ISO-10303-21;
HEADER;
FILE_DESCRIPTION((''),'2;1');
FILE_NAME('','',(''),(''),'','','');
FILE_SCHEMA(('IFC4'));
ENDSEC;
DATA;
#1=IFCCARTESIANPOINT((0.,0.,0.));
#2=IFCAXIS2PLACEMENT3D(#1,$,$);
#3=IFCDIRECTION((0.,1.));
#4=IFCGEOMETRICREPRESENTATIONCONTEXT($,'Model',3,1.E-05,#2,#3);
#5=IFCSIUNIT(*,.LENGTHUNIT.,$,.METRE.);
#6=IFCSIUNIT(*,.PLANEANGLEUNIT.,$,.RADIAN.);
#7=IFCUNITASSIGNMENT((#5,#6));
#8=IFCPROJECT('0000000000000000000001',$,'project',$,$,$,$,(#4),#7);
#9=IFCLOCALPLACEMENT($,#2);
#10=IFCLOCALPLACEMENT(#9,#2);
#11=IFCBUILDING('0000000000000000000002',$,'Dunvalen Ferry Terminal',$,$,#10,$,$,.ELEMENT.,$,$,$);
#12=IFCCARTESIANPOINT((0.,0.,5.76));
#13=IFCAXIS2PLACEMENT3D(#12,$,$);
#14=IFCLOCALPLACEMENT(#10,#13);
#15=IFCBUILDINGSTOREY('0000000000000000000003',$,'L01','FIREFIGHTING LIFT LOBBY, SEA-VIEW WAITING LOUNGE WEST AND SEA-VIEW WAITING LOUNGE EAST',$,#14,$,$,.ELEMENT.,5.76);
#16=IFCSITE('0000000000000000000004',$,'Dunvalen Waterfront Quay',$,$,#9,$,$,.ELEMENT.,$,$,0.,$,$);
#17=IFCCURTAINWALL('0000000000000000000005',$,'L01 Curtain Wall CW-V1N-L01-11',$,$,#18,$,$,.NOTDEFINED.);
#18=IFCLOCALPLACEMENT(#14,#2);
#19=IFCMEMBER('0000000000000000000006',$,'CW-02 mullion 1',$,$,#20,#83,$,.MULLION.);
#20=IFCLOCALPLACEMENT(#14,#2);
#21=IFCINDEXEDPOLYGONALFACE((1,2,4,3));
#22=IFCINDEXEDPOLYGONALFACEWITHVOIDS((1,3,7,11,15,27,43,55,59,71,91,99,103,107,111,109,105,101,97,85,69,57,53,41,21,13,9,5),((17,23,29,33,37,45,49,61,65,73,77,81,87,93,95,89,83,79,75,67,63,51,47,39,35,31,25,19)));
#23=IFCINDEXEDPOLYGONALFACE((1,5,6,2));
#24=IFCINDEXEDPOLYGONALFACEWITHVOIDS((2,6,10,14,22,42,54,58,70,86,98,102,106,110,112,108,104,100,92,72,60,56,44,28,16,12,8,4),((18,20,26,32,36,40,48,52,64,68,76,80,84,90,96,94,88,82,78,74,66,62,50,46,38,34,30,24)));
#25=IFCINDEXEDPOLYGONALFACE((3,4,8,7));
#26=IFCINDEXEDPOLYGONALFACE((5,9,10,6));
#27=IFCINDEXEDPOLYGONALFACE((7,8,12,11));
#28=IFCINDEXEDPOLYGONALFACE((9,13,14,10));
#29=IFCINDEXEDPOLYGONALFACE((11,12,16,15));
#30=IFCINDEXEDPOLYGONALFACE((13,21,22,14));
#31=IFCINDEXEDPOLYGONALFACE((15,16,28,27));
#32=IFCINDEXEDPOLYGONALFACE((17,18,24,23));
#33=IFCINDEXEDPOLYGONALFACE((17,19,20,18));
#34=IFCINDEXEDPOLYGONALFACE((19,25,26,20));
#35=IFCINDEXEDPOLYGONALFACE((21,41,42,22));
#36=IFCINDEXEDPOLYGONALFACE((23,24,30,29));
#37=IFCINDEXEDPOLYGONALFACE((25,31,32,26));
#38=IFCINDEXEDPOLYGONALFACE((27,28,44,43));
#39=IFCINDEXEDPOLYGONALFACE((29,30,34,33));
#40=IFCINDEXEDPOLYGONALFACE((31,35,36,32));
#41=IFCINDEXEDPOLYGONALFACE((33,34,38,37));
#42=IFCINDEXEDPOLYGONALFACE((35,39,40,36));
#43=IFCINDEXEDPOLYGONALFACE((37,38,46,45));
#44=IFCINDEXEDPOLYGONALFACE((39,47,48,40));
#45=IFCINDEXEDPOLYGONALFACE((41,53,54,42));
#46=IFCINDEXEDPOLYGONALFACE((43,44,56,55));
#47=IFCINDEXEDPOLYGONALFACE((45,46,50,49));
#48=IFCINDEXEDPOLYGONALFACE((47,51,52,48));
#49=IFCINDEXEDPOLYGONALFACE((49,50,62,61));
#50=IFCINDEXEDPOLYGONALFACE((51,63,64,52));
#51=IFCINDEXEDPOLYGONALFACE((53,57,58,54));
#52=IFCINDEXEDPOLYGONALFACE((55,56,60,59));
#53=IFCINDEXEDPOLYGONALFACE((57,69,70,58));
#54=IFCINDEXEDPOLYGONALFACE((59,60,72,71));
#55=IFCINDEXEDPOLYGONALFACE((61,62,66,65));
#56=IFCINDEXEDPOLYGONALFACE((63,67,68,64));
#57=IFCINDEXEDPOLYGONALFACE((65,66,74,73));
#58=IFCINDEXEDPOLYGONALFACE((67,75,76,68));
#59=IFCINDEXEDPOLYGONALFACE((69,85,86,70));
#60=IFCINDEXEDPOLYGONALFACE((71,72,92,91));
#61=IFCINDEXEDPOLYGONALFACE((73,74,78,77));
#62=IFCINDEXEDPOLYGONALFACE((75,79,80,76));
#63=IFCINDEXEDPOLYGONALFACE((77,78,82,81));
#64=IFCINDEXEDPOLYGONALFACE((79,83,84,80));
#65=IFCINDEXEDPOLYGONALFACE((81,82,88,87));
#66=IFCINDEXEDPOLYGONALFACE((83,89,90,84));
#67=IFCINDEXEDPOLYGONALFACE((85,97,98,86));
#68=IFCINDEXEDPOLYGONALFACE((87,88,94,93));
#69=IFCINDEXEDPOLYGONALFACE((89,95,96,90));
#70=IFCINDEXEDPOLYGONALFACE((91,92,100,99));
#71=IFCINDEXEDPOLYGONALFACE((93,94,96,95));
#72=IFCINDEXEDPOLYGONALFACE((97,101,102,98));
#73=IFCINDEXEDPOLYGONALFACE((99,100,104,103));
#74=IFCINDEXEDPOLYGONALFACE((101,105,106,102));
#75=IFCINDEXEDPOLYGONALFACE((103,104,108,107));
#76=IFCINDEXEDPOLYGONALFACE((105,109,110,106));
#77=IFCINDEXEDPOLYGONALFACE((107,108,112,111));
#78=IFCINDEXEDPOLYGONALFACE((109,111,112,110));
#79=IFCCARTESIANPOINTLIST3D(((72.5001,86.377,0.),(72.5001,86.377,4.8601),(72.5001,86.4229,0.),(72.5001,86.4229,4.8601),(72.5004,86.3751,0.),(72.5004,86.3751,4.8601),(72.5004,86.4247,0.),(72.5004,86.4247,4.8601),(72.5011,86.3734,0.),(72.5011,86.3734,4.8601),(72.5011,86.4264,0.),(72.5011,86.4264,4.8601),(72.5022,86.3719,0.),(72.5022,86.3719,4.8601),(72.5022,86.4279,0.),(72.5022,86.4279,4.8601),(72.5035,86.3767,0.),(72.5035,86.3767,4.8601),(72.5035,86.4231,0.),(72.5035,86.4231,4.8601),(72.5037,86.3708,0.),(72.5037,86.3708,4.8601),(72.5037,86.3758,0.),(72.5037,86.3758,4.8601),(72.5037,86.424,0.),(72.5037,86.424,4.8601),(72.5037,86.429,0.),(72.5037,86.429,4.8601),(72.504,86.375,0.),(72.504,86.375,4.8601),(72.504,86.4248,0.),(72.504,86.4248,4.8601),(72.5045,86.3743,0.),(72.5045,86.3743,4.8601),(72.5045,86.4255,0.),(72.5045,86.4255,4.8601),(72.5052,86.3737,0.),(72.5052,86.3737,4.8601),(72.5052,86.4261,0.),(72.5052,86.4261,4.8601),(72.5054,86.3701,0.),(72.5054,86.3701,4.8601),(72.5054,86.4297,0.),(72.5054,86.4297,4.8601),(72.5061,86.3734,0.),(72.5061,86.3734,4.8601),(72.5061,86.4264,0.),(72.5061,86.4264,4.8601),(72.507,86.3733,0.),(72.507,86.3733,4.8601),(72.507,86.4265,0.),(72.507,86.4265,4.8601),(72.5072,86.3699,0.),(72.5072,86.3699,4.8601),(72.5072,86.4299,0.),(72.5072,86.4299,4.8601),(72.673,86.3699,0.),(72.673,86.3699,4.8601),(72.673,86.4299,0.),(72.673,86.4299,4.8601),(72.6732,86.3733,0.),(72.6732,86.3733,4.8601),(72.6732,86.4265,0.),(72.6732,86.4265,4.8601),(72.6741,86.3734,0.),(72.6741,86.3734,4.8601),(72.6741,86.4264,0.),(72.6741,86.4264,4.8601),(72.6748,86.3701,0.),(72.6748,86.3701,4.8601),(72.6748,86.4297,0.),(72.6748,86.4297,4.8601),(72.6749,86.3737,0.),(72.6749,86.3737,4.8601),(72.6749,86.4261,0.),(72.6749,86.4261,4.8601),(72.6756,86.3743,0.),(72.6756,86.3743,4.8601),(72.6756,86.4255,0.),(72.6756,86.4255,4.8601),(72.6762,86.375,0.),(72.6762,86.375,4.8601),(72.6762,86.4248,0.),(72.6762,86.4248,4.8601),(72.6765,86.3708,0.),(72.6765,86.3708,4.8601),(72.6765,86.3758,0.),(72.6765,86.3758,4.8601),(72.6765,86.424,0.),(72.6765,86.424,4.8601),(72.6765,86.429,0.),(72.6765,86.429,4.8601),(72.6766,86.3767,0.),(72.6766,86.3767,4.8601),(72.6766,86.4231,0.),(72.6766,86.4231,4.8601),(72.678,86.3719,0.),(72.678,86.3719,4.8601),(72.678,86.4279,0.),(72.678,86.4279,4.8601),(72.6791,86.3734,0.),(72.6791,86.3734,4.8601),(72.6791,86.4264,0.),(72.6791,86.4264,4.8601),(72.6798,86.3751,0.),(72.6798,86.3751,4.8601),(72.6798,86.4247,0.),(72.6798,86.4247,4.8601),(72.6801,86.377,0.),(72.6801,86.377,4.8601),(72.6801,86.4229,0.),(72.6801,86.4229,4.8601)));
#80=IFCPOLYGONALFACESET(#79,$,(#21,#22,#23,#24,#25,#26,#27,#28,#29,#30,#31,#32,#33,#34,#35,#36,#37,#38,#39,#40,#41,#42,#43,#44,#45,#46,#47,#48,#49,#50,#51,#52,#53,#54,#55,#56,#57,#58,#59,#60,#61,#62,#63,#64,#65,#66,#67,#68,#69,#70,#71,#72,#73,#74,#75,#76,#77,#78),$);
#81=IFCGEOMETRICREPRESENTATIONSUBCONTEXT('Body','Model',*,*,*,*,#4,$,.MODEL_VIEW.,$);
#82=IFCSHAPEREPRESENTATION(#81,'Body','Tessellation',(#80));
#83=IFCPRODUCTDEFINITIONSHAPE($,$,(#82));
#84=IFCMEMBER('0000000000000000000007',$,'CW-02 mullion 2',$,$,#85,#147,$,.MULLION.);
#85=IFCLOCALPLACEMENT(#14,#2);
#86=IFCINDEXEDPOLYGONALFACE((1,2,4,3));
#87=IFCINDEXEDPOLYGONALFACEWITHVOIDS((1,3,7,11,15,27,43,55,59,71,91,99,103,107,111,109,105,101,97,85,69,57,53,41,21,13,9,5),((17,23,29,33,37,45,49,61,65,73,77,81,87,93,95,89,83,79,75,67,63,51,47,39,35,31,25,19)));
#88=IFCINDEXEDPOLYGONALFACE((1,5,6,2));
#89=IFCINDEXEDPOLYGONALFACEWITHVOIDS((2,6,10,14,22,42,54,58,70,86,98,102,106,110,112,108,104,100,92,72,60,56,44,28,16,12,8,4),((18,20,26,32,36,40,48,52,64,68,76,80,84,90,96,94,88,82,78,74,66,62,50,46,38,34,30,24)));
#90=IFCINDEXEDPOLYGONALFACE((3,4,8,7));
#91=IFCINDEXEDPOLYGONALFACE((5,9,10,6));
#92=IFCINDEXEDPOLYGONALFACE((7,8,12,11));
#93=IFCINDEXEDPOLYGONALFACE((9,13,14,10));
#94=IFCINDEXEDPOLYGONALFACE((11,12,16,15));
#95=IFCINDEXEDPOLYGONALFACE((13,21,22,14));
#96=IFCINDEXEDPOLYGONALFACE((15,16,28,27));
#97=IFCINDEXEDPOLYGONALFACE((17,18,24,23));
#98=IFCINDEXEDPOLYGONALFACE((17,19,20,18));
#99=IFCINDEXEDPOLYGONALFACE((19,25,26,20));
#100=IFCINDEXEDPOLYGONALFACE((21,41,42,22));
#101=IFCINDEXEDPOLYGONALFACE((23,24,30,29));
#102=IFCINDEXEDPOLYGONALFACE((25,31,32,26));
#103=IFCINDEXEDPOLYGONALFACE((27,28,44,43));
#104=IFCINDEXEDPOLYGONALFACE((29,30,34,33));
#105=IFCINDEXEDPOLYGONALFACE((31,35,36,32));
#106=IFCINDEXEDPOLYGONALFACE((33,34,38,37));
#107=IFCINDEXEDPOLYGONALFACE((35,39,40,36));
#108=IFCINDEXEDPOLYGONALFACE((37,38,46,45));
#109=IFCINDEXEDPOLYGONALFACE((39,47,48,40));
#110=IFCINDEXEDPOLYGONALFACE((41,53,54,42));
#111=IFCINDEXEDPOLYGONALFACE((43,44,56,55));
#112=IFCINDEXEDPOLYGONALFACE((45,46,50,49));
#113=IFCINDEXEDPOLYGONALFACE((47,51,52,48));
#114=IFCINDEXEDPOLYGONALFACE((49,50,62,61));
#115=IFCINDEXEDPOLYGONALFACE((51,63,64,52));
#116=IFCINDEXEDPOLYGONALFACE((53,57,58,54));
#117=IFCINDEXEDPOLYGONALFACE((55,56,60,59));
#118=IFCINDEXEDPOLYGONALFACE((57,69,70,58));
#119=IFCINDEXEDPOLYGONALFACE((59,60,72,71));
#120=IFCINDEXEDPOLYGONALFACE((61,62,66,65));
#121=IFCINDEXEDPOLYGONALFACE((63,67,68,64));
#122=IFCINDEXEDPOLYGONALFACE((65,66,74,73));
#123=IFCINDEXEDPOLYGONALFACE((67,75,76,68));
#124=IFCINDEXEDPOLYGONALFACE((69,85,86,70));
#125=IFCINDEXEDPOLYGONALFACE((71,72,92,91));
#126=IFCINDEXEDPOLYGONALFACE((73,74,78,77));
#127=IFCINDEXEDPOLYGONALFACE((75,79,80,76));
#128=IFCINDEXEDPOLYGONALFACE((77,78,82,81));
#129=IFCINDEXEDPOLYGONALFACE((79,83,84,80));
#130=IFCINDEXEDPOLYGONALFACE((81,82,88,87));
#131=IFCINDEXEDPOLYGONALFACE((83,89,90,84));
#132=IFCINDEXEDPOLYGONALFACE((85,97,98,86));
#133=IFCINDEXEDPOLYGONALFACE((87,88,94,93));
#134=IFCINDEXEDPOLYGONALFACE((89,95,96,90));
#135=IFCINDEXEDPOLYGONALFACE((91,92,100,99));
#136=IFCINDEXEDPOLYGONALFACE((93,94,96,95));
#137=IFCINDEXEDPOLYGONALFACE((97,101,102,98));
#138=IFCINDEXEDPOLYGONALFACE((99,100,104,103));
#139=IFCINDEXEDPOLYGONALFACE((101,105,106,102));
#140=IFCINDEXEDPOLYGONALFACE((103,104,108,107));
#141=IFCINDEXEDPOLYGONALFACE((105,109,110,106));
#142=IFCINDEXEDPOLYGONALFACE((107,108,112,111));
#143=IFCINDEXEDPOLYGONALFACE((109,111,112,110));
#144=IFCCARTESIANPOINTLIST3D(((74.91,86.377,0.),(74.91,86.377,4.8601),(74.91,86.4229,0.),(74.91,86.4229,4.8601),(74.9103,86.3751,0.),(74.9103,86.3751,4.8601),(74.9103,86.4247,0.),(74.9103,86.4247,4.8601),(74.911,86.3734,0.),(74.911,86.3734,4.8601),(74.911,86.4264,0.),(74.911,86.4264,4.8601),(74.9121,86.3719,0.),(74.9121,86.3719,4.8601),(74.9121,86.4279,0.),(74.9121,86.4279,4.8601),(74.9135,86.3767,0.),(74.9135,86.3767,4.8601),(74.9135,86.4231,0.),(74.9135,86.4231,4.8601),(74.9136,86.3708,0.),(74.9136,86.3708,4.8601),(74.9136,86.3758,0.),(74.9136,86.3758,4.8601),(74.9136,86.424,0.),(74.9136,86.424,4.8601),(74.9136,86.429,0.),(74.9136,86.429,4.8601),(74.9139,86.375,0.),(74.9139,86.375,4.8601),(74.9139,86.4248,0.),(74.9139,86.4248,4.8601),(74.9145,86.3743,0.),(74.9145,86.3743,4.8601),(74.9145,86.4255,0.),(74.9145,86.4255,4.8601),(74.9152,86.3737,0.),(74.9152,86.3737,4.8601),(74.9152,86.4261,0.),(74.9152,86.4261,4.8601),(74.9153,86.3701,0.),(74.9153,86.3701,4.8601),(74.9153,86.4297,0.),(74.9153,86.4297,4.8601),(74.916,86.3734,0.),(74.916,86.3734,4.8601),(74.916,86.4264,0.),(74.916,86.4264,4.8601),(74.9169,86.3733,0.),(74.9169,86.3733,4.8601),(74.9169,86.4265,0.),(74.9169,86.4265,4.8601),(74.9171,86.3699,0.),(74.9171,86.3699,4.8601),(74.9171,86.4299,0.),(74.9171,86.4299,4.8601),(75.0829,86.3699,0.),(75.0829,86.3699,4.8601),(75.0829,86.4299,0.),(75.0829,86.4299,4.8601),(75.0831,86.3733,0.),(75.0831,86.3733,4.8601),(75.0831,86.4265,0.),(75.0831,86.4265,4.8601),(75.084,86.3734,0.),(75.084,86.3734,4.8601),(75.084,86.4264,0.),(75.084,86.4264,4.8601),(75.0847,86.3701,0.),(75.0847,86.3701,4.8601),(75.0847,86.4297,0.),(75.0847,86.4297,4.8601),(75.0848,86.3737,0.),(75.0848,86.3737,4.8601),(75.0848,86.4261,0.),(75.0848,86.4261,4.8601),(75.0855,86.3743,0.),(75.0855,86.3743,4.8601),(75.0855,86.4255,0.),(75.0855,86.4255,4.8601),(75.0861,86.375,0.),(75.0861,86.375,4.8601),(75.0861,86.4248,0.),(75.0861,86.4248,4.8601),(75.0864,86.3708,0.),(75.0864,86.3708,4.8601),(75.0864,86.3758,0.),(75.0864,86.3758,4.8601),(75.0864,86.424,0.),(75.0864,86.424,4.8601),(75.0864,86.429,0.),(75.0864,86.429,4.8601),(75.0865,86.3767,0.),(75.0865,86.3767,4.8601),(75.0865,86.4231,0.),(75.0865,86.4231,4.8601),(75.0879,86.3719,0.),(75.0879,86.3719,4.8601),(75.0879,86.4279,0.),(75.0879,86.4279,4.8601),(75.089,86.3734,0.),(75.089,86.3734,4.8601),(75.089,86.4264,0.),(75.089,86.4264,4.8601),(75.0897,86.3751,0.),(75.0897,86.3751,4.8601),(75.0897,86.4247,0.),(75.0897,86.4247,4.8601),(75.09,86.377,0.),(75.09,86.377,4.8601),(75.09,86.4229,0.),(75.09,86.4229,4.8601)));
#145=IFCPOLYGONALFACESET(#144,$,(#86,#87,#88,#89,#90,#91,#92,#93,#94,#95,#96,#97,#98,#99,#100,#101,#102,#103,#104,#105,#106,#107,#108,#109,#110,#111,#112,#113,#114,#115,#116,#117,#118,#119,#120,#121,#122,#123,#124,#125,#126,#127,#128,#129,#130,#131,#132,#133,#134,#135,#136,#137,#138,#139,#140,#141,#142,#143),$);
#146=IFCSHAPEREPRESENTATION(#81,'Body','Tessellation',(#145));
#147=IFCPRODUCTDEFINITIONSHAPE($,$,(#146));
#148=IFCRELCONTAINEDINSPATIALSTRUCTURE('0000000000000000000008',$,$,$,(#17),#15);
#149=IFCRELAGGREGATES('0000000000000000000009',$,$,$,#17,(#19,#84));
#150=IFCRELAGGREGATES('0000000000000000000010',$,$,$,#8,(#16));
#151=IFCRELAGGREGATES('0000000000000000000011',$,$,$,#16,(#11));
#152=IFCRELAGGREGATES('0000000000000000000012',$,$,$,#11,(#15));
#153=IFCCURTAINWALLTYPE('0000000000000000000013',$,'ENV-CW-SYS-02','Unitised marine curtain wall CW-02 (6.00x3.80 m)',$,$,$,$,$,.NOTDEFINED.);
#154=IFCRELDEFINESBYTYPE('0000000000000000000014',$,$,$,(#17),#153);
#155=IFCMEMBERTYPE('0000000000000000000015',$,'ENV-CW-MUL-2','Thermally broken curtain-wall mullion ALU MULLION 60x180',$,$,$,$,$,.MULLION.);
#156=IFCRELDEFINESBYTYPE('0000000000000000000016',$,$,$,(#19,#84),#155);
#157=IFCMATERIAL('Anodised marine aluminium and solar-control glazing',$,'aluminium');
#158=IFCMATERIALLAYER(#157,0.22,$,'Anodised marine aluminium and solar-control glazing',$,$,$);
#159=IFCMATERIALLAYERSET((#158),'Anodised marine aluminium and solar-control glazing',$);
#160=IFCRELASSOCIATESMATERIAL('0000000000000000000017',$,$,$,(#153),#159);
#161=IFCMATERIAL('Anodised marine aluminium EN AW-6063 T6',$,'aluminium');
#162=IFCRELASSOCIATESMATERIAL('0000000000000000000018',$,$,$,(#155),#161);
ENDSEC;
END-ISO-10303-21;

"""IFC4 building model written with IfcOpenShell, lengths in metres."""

from ifc_helpers import new_model, si_unit, direction, frame, origin, origin_2d, place, context, subcontext, project, spatial, hollow_rectangle, extrude, material, layer, layer_set, material_profile, profile_set, type_object, element, aggregate, save


model = new_model("IFC4")

# Units and contexts
model_context = context("Model", 3, precision=1e-05, world=origin(), true_north=direction((0.0, 1.0)))
body_context = subcontext(model_context, "Body", "Model", "MODEL_VIEW")
ifc_project = project(units=[si_unit("LENGTHUNIT", "METRE"), si_unit("PLANEANGLEUNIT", "RADIAN")], contexts=[model_context])

# Site, building, storey
site_placement = place(None, origin())
site = spatial("IfcSite", under=ifc_project, at=site_placement, Name="Dunvalen Waterfront Quay", CompositionType="ELEMENT", RefElevation=0.0)
building_placement = place(site_placement, origin())
building = spatial("IfcBuilding", under=site, at=building_placement, Name="Dunvalen Ferry Terminal", CompositionType="ELEMENT")
storey_placement = place(building_placement, frame((0.0, 0.0, 5.76)))
storey = spatial("IfcBuildingStorey", under=building, at=storey_placement, Name="L01", Description="FIREFIGHTING LIFT LOBBY, SEA-VIEW WAITING LOUNGE WEST AND SEA-VIEW WAITING LOUNGE EAST", CompositionType="ELEMENT", Elevation=5.76)

# Curtain wall, members
ifc_material_1 = material(Name="Anodised marine aluminium and solar-control glazing", Category="aluminium")
ifc_layer_1 = layer(ifc_material_1, 0.22, Name="Anodised marine aluminium and solar-control glazing")
ifc_layer_set_1 = layer_set([ifc_layer_1], Name="Anodised marine aluminium and solar-control glazing")
curtain_wall_type = type_object("IfcCurtainWallType", Name="ENV-CW-SYS-02", Description="Unitised marine curtain wall CW-02 (6.00x3.80 m)", PredefinedType="NOTDEFINED", material=ifc_layer_set_1)
ifc_material_2 = material(Name="Anodised marine aluminium EN AW-6063 T6", Category="aluminium")
ifc_material_profile_1 = material_profile(ifc_material_2, hollow_rectangle(XDim=0.0601, YDim=0.1799, WallThickness=0.0034, InnerFilletRadius=0.0034, OuterFilletRadius=0.0071, at=origin_2d()), Name="Anodised marine aluminium EN AW-6063 T6")
ifc_profile_set_1 = profile_set([ifc_material_profile_1], Name="Anodised marine aluminium EN AW-6063 T6")
member_type_1 = type_object("IfcMemberType", Name="ENV-CW-MUL-2", Description="Thermally broken curtain-wall mullion ALU MULLION 60x180", PredefinedType="MULLION", material=ifc_profile_set_1)
curtain_wall_1_placement = place(storey_placement, origin())
curtain_wall_1 = element("IfcCurtainWall", 1, at=curtain_wall_1_placement, inside=storey, type_object=curtain_wall_type, Name="L01 Curtain Wall CW-V1N-L01-11", PredefinedType="NOTDEFINED")
member_1_placement = place(storey_placement, frame((72.5901, 86.3999, 0.0), z_axis=(0.0, 0.0, 1.0), x_axis=(0.0, 1.0, 0.0)))
member_1 = element("IfcMember", 2, at=member_1_placement, type_object=member_type_1, Name="CW-02 mullion 1", PredefinedType="MULLION", context=body_context, shape_type="SweptSolid", body=[
    extrude(hollow_rectangle(XDim=0.0601, YDim=0.1799, WallThickness=0.0034, InnerFilletRadius=0.0034, OuterFilletRadius=0.0071, at=origin_2d()), origin(), (0.0, 0.0, 1.0), 4.8601),
])
member_2_placement = place(storey_placement, frame((75.0, 86.3999, 0.0), z_axis=(0.0, 0.0, 1.0), x_axis=(0.0, 1.0, 0.0)))
member_2 = element("IfcMember", 3, at=member_2_placement, type_object=member_type_1, Name="CW-02 mullion 2", PredefinedType="MULLION", context=body_context, shape_type="SweptSolid", body=[
    extrude(hollow_rectangle(XDim=0.0601, YDim=0.1799, WallThickness=0.0034, InnerFilletRadius=0.0034, OuterFilletRadius=0.0071, at=origin_2d()), origin(), (0.0, 0.0, 1.0), 4.8601),
])

aggregate(curtain_wall_1, [member_1, member_2])

save(model, "model.ifc")
